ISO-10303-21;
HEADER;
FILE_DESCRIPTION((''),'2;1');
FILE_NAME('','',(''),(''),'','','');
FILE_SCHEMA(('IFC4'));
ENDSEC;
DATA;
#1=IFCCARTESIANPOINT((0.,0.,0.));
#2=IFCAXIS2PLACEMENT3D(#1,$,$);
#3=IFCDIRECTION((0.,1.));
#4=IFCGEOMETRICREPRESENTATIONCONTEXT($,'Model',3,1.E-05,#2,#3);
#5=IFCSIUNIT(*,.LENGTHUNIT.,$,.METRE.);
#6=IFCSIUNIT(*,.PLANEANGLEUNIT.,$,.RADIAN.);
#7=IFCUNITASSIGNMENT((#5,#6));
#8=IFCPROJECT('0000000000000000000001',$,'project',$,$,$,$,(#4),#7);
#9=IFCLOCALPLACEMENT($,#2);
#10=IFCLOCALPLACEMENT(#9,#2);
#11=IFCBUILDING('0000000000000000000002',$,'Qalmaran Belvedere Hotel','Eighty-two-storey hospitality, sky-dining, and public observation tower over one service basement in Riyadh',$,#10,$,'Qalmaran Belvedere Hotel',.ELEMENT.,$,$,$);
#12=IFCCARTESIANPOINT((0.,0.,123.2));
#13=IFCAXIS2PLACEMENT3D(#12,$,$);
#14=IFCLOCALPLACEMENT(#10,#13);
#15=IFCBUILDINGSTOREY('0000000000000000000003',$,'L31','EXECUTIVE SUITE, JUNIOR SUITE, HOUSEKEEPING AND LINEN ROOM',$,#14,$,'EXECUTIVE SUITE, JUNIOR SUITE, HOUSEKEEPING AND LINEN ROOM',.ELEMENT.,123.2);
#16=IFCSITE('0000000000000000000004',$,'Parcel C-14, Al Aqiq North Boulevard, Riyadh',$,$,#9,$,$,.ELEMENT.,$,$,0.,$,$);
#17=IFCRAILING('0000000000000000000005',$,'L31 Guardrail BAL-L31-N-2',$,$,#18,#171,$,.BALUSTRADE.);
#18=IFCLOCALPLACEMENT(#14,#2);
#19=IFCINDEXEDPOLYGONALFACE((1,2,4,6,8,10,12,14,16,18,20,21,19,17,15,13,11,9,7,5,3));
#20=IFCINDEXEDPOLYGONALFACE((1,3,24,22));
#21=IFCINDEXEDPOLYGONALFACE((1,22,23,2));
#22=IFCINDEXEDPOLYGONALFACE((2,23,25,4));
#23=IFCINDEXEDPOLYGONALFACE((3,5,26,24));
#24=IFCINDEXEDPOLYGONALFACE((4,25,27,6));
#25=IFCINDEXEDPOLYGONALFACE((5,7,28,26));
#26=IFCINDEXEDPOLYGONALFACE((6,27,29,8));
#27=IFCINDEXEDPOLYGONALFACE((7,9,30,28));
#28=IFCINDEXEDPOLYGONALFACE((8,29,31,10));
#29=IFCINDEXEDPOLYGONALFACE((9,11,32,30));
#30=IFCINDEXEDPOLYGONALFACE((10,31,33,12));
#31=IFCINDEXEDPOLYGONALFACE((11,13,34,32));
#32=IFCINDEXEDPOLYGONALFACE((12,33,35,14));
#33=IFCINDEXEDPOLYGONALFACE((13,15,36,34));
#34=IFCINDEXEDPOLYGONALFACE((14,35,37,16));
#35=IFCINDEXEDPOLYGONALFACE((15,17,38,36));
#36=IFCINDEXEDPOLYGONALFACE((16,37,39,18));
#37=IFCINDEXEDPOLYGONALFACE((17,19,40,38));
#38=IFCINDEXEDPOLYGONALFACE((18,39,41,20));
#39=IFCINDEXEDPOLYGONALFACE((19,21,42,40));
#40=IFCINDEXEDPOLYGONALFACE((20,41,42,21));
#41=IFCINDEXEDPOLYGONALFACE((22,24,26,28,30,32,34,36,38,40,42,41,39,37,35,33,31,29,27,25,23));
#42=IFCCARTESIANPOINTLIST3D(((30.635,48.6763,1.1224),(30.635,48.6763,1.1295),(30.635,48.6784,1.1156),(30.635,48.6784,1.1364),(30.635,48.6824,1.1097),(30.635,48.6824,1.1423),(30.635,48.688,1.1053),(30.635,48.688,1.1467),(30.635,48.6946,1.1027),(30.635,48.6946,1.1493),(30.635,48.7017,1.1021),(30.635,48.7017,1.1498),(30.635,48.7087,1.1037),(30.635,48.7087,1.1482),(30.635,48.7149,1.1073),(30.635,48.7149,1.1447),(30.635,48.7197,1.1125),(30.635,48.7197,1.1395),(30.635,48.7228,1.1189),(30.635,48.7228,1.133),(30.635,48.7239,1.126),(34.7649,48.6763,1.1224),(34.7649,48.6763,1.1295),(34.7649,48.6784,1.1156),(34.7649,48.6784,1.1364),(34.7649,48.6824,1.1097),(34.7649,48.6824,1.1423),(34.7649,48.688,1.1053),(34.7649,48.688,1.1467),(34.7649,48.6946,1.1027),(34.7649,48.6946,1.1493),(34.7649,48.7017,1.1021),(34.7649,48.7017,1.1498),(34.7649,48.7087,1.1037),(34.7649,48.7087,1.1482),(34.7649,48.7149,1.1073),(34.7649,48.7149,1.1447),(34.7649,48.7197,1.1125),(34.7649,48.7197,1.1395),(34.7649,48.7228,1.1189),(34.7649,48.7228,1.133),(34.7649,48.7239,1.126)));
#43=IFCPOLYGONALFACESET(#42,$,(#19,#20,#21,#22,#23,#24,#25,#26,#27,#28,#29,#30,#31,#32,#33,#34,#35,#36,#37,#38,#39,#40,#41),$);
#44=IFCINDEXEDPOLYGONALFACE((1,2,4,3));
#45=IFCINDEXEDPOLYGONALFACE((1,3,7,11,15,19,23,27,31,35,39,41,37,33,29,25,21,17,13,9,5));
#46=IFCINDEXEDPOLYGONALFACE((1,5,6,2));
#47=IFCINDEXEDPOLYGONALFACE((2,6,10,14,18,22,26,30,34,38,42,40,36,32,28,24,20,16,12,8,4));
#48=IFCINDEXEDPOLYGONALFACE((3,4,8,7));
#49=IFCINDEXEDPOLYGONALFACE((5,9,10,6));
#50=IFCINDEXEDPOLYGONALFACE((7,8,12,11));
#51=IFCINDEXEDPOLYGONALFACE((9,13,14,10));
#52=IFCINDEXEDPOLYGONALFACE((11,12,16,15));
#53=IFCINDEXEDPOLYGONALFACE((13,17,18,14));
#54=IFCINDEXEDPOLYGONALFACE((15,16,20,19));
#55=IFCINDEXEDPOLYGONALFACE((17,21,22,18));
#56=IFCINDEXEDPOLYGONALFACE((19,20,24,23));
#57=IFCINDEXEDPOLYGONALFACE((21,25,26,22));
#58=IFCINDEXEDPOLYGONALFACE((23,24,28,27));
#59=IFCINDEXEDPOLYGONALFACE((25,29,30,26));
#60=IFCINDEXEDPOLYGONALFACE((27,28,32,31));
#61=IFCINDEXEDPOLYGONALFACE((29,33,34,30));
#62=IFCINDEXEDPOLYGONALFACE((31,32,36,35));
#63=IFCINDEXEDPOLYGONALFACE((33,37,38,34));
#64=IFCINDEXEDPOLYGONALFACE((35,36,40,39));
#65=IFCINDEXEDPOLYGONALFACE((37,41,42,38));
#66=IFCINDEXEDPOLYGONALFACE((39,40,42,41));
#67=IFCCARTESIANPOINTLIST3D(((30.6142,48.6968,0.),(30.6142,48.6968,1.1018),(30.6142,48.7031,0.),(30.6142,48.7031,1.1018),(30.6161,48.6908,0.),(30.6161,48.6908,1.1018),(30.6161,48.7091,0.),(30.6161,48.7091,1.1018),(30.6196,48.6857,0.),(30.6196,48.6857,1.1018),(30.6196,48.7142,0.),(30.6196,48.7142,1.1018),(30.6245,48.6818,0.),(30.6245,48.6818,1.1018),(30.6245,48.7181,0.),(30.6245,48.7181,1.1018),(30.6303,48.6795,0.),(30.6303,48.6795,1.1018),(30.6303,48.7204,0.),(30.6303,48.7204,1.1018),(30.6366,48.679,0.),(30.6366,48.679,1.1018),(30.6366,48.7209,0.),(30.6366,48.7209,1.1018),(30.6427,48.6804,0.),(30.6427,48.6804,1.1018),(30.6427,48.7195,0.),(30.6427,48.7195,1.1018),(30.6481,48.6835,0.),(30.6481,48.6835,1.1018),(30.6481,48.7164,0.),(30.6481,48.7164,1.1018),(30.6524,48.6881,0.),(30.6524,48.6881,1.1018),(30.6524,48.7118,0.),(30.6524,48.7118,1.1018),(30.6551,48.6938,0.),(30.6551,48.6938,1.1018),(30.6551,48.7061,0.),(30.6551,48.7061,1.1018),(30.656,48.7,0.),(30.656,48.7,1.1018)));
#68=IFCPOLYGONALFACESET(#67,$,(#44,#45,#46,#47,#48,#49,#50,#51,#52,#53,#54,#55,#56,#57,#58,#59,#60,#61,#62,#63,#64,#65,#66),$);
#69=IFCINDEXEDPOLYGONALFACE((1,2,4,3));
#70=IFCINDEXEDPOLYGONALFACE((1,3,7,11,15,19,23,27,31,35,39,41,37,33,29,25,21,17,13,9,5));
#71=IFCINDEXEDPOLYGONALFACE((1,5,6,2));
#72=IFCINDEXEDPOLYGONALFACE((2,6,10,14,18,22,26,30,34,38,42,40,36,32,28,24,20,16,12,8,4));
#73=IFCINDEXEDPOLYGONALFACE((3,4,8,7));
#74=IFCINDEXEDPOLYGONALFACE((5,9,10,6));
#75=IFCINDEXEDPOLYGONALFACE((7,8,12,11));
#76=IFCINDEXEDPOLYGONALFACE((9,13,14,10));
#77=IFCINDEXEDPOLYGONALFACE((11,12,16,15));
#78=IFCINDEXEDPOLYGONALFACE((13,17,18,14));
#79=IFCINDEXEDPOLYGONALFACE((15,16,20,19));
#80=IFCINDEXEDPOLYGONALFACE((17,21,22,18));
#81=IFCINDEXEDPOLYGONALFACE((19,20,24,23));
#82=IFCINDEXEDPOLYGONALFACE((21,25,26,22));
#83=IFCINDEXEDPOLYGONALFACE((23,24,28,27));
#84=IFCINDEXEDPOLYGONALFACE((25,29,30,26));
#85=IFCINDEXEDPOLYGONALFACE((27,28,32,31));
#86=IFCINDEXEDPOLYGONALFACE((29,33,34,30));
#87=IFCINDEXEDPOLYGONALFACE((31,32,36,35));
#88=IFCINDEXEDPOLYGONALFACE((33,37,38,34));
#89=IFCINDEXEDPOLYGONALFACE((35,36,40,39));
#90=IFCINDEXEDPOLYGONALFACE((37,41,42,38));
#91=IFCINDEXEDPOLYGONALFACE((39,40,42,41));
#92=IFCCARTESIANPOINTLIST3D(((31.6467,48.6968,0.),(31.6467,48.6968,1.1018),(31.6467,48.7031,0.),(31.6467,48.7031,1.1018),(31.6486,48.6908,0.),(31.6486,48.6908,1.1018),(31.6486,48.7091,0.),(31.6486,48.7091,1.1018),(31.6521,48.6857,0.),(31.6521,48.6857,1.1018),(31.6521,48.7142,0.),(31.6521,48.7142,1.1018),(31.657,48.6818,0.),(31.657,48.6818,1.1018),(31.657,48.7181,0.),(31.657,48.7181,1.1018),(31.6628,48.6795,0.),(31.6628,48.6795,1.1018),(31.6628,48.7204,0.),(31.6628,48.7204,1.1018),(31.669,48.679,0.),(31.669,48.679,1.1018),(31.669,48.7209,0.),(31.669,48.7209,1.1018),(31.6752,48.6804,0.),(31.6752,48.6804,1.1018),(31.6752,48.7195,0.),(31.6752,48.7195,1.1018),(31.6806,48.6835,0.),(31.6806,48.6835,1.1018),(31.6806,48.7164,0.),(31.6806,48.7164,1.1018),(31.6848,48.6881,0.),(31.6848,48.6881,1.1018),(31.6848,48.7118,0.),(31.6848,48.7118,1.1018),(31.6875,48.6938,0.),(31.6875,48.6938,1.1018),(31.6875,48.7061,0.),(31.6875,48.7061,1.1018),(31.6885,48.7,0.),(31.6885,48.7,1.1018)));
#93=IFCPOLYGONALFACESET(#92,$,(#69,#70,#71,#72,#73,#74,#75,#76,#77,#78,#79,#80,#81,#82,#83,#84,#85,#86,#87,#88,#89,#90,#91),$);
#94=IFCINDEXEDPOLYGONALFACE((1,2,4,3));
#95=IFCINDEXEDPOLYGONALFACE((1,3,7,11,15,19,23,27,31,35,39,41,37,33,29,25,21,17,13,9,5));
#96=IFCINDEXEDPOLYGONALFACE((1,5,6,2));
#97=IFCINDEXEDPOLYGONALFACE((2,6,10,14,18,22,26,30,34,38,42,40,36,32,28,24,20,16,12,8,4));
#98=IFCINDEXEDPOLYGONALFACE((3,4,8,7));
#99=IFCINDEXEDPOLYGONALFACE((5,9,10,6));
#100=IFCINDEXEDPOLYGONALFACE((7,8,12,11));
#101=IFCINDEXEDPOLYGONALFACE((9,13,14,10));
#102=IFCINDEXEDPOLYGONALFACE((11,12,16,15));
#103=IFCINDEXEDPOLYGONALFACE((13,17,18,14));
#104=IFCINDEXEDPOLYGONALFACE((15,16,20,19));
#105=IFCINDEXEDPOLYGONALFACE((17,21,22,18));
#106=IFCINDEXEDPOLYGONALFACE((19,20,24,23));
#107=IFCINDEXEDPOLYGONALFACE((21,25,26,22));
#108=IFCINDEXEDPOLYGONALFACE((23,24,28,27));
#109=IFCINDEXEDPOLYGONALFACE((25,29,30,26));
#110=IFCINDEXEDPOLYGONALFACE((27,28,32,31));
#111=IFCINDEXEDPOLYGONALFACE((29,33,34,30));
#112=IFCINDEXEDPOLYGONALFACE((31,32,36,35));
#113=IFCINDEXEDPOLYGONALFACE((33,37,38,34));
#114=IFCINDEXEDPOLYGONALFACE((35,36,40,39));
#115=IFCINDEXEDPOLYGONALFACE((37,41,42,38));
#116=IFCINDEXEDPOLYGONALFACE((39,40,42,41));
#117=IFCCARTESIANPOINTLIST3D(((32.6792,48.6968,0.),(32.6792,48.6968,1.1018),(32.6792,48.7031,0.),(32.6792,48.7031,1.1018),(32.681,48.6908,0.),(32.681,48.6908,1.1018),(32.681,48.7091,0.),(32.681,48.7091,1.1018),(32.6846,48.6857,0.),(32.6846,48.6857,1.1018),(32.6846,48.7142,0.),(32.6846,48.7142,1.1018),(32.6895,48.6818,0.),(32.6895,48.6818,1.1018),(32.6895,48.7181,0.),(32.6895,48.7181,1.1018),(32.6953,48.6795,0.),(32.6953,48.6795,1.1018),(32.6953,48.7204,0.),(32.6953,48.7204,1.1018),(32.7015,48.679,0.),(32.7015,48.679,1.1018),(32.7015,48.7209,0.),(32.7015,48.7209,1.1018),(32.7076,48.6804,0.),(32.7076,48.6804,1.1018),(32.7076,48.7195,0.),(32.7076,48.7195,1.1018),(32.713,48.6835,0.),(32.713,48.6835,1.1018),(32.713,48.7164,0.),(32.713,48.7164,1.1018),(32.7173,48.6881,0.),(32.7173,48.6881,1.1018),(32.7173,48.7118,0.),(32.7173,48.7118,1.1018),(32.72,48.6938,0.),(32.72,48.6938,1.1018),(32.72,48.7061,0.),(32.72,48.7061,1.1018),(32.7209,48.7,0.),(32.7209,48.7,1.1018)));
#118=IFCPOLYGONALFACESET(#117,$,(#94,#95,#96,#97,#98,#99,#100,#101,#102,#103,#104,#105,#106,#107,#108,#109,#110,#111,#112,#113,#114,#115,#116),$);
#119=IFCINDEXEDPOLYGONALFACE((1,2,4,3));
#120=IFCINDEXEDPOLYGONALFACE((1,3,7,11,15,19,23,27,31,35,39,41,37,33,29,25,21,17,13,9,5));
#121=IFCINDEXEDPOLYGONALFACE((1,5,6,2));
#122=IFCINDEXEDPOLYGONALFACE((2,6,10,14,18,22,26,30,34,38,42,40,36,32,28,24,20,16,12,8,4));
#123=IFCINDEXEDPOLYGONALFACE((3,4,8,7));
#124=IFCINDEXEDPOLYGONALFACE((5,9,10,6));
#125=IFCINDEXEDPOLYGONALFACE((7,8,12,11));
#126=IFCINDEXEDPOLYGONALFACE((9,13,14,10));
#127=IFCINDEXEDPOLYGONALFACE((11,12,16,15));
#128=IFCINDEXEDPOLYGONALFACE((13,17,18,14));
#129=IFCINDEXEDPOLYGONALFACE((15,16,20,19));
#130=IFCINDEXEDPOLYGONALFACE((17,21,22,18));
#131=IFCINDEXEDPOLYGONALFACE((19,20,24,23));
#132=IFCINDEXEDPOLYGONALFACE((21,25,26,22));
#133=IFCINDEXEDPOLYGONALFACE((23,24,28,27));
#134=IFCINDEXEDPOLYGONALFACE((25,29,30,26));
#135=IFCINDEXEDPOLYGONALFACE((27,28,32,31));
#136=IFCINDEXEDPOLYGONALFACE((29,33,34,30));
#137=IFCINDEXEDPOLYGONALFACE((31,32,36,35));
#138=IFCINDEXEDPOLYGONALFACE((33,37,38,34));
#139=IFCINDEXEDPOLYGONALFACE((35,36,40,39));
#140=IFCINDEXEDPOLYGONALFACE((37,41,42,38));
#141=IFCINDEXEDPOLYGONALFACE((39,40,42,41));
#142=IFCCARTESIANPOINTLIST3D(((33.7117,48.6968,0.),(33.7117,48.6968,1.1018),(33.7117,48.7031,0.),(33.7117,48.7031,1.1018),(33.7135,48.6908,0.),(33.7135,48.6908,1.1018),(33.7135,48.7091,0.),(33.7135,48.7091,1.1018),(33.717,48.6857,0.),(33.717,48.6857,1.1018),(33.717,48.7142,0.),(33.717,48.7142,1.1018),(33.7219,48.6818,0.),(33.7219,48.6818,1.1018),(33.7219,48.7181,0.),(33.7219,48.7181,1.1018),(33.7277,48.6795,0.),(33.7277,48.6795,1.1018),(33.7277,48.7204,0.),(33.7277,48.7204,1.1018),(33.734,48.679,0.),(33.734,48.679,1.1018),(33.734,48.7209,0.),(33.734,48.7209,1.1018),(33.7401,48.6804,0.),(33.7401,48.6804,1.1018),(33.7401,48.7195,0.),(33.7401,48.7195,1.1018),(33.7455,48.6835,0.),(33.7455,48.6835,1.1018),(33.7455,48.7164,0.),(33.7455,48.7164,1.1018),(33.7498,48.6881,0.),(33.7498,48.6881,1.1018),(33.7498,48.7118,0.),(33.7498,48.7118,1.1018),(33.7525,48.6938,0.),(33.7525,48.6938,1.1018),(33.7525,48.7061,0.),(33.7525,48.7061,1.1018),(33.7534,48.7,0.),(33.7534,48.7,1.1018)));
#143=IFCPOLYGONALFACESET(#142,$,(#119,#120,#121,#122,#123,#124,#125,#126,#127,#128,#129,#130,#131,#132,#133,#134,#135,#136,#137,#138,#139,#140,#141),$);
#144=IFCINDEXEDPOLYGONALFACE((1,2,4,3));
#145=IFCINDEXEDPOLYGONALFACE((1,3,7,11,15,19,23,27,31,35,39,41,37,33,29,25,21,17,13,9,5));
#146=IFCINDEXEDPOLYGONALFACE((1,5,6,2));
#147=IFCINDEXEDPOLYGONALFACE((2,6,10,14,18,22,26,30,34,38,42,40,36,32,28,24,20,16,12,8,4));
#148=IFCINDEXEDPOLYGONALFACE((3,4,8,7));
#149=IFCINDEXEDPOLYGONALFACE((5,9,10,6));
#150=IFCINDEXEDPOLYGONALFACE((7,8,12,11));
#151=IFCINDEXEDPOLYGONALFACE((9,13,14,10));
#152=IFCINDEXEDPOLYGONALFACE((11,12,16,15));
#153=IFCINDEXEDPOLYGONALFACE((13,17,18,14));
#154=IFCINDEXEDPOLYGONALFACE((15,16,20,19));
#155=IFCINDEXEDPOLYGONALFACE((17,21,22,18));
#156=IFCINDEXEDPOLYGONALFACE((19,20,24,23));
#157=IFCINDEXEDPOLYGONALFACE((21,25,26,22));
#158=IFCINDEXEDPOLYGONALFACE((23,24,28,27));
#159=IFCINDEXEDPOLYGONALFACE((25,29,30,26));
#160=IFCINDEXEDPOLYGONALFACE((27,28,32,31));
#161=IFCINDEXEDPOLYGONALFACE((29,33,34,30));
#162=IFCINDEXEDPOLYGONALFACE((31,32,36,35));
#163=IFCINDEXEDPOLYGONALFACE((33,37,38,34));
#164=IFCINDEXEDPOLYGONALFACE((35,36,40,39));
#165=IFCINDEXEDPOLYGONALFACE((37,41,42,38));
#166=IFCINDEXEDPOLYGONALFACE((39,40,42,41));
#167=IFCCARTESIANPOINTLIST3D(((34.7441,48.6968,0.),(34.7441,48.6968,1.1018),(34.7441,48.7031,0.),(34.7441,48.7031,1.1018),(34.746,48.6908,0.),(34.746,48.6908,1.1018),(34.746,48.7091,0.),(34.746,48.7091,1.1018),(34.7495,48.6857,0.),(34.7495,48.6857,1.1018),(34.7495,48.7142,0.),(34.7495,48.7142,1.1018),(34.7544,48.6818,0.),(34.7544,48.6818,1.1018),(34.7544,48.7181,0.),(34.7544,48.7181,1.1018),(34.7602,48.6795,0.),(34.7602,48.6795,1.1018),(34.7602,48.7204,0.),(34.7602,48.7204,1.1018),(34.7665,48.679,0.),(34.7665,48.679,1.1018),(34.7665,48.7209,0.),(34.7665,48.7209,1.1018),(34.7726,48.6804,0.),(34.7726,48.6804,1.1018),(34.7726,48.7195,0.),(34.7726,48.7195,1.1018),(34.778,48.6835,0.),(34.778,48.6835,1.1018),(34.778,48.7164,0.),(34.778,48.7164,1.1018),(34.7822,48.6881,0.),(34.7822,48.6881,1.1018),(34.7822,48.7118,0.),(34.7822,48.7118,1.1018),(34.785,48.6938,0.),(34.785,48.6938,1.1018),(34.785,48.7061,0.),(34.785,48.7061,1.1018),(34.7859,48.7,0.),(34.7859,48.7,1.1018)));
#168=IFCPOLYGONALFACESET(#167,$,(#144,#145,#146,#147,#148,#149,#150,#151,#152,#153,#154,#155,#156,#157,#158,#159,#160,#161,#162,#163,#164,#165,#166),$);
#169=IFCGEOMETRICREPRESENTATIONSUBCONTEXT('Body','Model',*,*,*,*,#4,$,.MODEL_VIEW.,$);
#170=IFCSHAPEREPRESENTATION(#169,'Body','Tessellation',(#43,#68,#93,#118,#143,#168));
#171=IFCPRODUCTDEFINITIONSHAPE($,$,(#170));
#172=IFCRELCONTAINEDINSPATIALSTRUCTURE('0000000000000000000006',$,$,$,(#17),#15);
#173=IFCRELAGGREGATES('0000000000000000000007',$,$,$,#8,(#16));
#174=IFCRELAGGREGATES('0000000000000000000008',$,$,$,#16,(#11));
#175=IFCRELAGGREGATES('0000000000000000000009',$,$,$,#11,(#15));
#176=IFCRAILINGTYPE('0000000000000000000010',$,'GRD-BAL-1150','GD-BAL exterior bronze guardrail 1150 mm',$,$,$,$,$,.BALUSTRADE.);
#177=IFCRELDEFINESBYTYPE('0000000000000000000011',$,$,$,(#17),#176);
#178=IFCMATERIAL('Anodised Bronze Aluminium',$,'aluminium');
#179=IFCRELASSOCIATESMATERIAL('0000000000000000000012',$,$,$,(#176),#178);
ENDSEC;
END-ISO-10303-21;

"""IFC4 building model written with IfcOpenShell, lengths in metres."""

from ifc_helpers import new_model, si_unit, direction, frame, origin, origin_2d, place, context, subcontext, project, spatial, circle, extrude, material, type_object, element, save


model = new_model("IFC4")

# Units and contexts
model_context = context("Model", 3, precision=1e-05, world=origin(), true_north=direction((0.0, 1.0)))
body_context = subcontext(model_context, "Body", "Model", "MODEL_VIEW")
ifc_project = project(units=[si_unit("LENGTHUNIT", "METRE"), si_unit("PLANEANGLEUNIT", "RADIAN")], contexts=[model_context])

# Site, building, storey
site_placement = place(None, origin())
site = spatial("IfcSite", under=ifc_project, at=site_placement, Name="Parcel C-14, Al Aqiq North Boulevard, Riyadh", CompositionType="ELEMENT", RefElevation=0.0)
building_placement = place(site_placement, origin())
building = spatial("IfcBuilding", under=site, at=building_placement, Name="Qalmaran Belvedere Hotel", Description="Eighty-two-storey hospitality, sky-dining, and public observation tower over one service basement in Riyadh", LongName="Qalmaran Belvedere Hotel", CompositionType="ELEMENT")
storey_placement = place(building_placement, frame((0.0, 0.0, 123.2)))
storey = spatial("IfcBuildingStorey", under=building, at=storey_placement, Name="L31", Description="EXECUTIVE SUITE, JUNIOR SUITE, HOUSEKEEPING AND LINEN ROOM", LongName="EXECUTIVE SUITE, JUNIOR SUITE, HOUSEKEEPING AND LINEN ROOM", CompositionType="ELEMENT", Elevation=123.2)

# Shared definitions
ifc_material_1 = material(Name="Anodised Bronze Aluminium", Category="aluminium")

# Railing
railing_type = type_object("IfcRailingType", Name="GRD-BAL-1150", Description="GD-BAL exterior bronze guardrail 1150 mm", PredefinedType="BALUSTRADE", material=ifc_material_1)
railing_1_placement = place(storey_placement, frame((30.635, 48.7, 0.0)))
element("IfcRailing", 1, at=railing_1_placement, inside=storey, type_object=railing_type, Name="L31 Guardrail BAL-L31-N-2", PredefinedType="BALUSTRADE", context=body_context, shape_type="SweptSolid", body=[
    extrude(circle(Radius=0.0239, at=origin_2d()), frame((0.0, 0.0, 1.126), z_axis=(1.0, 0.0, 0.0), x_axis=(0.0, 1.0, 0.0)), (0.0, 0.0, 1.0), 4.1299),
    extrude(circle(Radius=0.021, at=origin_2d()), origin(), (0.0, 0.0, 1.0), 1.1018),
    extrude(circle(Radius=0.021, at=origin_2d()), frame((1.0325, 0.0, 0.0)), (0.0, 0.0, 1.0), 1.1018),
    extrude(circle(Radius=0.021, at=origin_2d()), frame((2.0649, 0.0, 0.0)), (0.0, 0.0, 1.0), 1.1018),
    extrude(circle(Radius=0.021, at=origin_2d()), frame((3.0974, 0.0, 0.0)), (0.0, 0.0, 1.0), 1.1018),
    extrude(circle(Radius=0.021, at=origin_2d()), frame((4.1299, 0.0, 0.0)), (0.0, 0.0, 1.0), 1.1018),
])

save(model, "model.ifc")
